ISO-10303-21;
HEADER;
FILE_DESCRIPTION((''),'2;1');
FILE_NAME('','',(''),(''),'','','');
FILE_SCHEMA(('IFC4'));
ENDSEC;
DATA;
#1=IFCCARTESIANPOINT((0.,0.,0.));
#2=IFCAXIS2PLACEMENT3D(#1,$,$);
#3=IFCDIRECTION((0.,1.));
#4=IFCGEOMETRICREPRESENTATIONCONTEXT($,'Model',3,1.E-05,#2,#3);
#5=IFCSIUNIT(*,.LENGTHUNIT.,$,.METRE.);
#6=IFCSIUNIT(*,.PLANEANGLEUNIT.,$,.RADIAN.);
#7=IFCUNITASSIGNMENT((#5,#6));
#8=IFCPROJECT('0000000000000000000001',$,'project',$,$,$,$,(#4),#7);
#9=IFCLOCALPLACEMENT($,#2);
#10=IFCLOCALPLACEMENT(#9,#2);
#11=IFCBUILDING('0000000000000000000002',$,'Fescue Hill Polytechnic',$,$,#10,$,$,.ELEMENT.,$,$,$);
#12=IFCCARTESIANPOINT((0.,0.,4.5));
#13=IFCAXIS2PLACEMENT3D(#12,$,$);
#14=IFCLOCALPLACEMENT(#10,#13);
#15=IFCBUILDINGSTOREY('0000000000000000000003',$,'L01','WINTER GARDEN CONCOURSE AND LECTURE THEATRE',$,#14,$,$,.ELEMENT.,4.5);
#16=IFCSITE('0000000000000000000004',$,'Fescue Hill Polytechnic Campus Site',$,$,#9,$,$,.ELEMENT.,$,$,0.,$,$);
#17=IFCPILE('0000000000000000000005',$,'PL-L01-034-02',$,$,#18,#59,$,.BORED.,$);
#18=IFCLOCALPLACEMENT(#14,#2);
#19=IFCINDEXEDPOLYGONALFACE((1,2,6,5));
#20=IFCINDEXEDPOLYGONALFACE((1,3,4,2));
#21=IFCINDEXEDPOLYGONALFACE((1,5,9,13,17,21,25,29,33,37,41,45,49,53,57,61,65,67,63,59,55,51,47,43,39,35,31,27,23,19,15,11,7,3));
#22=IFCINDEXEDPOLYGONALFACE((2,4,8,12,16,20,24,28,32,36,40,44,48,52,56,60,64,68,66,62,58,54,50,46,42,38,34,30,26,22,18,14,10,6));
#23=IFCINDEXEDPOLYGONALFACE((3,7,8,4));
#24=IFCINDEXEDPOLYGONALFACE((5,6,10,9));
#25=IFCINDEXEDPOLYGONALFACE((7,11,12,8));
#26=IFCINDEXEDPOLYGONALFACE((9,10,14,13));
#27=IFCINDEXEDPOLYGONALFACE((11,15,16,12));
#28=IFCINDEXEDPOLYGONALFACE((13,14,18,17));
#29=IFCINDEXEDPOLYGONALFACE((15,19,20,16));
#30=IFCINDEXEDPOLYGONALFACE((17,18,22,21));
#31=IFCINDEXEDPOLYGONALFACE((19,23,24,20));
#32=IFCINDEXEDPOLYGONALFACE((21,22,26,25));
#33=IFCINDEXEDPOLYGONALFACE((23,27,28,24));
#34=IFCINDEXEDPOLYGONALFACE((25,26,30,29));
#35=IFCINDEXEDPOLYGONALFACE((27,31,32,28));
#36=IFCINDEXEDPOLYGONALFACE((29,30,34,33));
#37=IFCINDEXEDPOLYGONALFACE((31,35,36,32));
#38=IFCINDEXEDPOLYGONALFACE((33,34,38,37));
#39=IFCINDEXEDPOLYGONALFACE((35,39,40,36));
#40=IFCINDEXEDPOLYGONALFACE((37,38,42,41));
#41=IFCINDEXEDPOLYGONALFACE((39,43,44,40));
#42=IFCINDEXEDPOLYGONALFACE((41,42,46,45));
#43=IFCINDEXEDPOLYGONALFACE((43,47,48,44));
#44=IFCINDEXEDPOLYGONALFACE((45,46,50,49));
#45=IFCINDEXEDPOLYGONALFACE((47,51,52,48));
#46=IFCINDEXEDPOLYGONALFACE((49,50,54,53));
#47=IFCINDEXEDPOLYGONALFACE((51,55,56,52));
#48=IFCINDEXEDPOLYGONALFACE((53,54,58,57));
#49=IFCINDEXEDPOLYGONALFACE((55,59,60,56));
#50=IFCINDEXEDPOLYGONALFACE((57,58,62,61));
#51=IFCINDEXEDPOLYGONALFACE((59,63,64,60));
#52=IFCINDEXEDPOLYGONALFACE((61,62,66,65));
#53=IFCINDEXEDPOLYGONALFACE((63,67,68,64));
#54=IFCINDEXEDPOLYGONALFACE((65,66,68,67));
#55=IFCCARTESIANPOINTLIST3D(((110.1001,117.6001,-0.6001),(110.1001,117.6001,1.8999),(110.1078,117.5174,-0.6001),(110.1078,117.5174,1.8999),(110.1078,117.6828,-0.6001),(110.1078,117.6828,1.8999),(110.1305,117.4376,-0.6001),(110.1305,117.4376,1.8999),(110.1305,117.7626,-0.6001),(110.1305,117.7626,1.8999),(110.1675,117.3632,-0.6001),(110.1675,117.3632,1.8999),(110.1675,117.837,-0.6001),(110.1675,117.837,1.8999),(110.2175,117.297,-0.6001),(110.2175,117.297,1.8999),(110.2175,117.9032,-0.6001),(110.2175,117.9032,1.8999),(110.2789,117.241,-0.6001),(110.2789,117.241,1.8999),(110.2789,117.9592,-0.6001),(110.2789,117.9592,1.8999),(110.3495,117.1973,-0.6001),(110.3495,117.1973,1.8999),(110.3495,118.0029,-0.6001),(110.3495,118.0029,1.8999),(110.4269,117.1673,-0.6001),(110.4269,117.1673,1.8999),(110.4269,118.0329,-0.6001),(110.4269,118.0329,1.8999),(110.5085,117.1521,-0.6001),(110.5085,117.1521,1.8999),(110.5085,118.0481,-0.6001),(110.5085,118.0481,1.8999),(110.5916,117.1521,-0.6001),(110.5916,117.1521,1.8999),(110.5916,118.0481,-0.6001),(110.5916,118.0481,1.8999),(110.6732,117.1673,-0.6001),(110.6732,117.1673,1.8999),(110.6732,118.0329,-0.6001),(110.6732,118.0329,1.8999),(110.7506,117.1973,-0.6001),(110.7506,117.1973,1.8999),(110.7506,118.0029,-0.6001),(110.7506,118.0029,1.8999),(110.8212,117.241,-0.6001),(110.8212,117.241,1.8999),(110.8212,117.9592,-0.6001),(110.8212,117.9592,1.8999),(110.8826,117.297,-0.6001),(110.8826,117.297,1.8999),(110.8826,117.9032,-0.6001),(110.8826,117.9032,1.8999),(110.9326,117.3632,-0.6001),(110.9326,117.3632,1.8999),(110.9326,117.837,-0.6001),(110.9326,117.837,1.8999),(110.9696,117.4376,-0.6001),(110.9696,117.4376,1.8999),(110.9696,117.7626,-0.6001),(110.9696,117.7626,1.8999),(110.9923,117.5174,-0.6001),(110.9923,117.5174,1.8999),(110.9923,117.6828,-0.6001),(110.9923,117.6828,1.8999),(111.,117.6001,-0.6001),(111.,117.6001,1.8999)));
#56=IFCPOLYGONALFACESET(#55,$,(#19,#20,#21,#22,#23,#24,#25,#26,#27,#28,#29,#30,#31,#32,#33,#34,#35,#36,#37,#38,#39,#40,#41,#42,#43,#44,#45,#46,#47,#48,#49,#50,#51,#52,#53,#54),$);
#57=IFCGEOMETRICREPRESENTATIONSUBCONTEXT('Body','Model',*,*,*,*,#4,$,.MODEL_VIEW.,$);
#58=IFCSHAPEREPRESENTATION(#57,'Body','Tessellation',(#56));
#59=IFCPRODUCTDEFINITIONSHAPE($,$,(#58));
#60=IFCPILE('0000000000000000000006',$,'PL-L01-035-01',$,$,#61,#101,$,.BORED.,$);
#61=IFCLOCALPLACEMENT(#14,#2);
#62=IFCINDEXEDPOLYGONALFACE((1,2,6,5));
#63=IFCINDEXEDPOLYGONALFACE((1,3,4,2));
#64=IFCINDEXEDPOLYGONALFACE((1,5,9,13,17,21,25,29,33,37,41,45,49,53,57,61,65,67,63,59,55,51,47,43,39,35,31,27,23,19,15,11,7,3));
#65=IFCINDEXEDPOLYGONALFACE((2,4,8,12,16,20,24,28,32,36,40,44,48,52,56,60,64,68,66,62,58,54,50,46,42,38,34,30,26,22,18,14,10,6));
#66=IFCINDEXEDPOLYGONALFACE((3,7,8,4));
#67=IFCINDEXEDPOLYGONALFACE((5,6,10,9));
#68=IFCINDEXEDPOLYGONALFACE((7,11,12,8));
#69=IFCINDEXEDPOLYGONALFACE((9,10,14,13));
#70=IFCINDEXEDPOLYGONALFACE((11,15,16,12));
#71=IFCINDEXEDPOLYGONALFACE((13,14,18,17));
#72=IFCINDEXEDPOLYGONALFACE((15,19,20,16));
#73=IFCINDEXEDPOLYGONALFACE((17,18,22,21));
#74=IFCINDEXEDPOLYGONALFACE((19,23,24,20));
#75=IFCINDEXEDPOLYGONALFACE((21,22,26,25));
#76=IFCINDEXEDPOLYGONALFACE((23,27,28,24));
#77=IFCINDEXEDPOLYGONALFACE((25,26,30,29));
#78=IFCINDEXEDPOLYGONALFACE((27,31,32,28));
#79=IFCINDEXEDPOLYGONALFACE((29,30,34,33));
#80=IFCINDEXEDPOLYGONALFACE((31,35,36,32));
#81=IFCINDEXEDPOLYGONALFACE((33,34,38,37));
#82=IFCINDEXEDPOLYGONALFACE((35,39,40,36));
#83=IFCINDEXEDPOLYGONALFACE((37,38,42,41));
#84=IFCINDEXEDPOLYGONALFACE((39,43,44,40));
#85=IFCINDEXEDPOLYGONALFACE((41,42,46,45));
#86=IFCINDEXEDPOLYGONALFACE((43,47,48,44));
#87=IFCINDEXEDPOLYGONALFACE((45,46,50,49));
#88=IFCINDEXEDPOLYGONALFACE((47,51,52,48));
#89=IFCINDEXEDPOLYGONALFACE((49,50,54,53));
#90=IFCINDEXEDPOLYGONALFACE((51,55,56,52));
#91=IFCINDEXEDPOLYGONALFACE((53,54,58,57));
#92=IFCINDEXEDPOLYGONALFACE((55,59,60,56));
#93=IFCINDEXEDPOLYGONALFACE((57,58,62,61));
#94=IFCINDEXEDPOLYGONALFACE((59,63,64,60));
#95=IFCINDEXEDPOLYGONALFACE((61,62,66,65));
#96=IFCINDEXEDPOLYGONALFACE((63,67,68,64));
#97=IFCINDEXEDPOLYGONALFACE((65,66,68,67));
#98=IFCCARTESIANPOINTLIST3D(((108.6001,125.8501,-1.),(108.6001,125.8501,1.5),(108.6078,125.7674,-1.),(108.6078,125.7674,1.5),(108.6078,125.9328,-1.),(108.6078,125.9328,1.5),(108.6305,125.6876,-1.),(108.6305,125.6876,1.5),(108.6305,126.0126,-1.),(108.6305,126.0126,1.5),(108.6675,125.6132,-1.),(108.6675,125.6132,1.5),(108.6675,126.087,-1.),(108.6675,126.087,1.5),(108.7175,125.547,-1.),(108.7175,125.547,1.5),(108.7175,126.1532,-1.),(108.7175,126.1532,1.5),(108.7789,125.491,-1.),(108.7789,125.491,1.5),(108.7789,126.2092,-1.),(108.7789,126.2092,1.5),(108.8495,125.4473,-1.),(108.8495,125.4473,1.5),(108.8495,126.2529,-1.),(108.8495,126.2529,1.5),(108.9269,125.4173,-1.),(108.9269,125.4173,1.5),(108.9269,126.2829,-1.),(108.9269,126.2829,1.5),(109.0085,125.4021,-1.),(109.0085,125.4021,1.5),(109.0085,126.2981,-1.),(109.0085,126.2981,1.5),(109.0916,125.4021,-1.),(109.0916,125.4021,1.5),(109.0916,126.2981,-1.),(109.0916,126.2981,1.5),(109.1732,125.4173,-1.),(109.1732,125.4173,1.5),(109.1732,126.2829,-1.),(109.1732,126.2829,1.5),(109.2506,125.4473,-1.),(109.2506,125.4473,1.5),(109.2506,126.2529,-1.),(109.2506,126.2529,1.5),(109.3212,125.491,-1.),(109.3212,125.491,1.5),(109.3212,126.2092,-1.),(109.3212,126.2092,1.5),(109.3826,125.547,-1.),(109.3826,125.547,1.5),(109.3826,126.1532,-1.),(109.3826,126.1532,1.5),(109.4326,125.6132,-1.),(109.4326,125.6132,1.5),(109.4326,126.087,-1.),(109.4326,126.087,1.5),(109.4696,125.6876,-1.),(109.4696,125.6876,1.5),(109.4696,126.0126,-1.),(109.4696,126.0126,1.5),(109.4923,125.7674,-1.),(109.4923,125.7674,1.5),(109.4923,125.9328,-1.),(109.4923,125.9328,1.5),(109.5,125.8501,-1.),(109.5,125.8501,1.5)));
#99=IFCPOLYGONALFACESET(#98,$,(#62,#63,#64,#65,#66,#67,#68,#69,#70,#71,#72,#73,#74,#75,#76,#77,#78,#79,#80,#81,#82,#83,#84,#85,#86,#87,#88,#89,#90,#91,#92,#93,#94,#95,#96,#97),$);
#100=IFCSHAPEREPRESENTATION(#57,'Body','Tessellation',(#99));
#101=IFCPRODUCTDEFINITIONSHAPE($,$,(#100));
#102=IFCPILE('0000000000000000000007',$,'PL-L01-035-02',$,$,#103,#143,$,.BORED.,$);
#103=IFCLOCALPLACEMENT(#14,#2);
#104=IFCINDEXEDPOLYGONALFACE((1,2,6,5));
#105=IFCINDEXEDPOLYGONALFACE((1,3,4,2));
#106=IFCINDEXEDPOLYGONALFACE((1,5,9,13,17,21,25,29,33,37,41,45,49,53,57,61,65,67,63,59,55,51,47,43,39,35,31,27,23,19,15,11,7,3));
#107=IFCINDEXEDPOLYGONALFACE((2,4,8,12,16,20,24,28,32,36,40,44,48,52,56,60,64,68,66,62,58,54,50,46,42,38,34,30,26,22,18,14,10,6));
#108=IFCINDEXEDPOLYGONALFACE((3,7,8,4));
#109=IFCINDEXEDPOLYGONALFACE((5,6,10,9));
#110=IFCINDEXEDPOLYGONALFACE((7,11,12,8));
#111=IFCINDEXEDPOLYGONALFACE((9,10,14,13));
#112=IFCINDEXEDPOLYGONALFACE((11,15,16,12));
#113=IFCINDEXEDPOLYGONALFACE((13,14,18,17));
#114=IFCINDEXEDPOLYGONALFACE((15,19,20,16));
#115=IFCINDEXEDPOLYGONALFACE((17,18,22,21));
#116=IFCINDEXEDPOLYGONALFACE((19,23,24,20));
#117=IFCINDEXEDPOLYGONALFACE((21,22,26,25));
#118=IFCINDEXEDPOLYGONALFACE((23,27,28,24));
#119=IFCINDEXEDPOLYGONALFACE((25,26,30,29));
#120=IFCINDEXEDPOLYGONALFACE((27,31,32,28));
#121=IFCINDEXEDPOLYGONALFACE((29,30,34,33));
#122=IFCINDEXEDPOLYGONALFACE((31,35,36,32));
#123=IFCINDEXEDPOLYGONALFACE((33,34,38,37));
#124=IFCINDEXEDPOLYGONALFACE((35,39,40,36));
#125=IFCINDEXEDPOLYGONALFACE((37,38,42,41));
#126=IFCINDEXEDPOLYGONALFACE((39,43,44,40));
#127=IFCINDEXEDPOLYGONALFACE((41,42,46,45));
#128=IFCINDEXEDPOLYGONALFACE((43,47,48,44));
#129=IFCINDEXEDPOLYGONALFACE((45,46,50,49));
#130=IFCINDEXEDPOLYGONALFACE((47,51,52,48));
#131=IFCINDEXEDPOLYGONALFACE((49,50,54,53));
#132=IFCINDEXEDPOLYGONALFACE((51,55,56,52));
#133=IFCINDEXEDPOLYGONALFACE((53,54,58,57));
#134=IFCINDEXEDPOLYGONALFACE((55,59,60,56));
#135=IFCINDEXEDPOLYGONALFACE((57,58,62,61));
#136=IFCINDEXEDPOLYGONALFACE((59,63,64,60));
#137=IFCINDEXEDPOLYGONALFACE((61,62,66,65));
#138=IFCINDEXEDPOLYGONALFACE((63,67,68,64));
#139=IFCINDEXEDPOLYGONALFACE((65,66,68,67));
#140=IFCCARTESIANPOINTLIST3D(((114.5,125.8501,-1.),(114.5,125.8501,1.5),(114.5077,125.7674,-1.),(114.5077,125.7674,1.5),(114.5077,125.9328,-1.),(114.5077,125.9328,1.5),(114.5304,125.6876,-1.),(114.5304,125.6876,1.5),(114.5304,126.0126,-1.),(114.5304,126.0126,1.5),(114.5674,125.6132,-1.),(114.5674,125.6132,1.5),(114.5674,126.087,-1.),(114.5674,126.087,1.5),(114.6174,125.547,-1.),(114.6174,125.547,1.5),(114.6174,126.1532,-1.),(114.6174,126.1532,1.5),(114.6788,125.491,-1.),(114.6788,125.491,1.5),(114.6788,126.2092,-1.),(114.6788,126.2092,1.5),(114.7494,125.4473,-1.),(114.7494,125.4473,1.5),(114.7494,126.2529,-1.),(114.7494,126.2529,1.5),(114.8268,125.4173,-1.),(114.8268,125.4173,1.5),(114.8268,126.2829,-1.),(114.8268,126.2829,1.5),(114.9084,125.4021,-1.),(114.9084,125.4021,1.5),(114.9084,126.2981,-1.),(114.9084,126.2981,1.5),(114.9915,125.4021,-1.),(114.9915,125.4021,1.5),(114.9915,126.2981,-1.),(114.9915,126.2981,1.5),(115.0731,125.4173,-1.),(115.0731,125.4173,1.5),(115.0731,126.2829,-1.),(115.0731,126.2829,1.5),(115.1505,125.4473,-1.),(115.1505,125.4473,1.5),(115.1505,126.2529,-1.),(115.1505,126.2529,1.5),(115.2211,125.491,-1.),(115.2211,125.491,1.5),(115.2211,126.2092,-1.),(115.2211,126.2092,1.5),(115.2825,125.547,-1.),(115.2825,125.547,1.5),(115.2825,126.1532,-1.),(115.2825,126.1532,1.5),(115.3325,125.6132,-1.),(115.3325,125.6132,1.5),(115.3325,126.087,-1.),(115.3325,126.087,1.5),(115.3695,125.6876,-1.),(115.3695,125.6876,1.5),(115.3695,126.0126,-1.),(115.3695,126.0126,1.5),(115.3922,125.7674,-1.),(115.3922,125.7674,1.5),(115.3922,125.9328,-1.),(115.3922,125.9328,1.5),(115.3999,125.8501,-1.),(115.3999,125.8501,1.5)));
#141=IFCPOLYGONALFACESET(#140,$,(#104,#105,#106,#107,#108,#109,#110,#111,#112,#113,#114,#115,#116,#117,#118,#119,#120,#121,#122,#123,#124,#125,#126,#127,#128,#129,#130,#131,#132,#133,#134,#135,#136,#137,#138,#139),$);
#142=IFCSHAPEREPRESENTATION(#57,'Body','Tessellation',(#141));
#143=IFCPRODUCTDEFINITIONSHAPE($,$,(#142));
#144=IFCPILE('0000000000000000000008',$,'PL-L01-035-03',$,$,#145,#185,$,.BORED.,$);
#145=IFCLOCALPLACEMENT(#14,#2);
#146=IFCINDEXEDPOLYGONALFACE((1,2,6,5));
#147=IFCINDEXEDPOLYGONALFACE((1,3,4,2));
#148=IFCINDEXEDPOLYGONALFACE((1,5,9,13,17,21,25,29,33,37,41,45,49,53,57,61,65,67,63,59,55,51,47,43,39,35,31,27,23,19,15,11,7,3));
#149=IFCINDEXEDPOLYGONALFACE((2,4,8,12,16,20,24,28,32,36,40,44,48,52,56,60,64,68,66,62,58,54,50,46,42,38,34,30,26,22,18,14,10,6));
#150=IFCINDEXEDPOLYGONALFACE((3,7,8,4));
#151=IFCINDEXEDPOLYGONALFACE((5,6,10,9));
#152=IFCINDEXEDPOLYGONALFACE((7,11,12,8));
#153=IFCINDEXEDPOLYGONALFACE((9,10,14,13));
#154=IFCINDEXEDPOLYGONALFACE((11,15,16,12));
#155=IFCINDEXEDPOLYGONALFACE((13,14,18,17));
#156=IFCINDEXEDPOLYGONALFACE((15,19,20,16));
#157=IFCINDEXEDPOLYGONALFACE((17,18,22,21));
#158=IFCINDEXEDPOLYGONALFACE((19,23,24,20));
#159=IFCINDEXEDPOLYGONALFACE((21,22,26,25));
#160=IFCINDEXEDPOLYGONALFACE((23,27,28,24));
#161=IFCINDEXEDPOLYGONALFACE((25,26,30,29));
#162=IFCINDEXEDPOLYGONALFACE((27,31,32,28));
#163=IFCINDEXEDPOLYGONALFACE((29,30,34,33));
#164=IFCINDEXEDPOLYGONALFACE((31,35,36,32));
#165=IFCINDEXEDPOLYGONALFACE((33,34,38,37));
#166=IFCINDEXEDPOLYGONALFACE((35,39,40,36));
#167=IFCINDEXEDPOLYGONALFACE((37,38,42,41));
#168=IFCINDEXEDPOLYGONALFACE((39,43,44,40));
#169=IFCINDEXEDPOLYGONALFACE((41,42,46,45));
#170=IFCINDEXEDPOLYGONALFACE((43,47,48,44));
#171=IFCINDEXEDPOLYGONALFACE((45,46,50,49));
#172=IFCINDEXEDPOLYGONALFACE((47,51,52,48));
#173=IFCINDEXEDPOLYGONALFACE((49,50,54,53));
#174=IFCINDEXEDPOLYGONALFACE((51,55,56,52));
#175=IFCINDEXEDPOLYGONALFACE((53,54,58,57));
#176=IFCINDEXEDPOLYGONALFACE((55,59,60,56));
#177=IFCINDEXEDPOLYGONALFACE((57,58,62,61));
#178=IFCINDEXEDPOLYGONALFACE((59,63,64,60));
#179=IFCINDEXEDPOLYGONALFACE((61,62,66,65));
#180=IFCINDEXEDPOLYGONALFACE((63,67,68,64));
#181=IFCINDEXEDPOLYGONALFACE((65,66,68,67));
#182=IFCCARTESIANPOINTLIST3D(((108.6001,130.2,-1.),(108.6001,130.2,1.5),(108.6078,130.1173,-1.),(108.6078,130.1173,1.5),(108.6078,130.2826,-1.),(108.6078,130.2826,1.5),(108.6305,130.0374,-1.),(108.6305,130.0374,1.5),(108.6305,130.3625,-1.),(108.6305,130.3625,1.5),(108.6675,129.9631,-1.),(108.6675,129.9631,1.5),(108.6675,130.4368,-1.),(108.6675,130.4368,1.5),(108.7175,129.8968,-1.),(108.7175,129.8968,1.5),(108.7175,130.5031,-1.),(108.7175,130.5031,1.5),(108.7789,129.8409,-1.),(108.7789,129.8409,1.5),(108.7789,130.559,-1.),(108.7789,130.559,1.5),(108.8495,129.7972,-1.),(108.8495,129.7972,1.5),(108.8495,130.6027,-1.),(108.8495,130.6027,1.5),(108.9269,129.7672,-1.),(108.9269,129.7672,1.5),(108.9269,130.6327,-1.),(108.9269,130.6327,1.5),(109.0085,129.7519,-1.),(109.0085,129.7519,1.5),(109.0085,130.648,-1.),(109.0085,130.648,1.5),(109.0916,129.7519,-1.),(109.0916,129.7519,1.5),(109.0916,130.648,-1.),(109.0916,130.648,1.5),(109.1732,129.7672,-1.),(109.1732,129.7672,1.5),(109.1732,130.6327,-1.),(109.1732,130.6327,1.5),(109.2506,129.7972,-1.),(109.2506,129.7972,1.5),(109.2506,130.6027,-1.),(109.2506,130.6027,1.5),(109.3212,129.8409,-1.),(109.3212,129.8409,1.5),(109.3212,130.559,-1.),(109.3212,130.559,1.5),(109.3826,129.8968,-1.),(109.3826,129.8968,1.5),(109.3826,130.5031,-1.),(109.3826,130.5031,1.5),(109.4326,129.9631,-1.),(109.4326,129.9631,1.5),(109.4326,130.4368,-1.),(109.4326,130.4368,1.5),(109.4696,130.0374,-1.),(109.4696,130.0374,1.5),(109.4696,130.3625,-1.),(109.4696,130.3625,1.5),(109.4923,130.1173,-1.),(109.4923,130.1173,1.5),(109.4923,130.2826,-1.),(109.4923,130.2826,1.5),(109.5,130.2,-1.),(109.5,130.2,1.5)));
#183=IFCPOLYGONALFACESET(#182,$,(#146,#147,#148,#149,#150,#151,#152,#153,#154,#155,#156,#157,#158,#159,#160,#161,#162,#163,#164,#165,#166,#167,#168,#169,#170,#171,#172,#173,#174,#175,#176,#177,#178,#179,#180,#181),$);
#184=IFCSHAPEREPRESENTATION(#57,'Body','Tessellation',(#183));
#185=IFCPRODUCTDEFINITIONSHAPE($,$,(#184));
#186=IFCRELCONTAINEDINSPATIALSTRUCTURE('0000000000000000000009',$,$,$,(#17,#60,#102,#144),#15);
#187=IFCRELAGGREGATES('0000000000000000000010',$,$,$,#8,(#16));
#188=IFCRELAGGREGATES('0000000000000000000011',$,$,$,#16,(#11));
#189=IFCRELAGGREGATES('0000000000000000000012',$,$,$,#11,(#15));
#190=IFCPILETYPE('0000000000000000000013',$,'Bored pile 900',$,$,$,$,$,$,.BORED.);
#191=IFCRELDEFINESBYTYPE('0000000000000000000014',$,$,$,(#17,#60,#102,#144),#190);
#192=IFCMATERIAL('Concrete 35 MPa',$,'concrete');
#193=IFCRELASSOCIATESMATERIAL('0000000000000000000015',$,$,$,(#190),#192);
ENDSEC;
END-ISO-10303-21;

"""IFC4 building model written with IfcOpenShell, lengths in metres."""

from ifc_helpers import new_model, si_unit, direction, frame, origin, origin_2d, place, context, subcontext, project, spatial, circle, extrude, material, material_profile, profile_set, type_object, element, save


model = new_model("IFC4")

# Units and contexts
model_context = context("Model", 3, precision=1e-05, world=origin(), true_north=direction((0.0, 1.0)))
body_context = subcontext(model_context, "Body", "Model", "MODEL_VIEW")
ifc_project = project(units=[si_unit("LENGTHUNIT", "METRE"), si_unit("PLANEANGLEUNIT", "RADIAN")], contexts=[model_context])

# Site, building, storey
site_placement = place(None, origin())
site = spatial("IfcSite", under=ifc_project, at=site_placement, Name="Fescue Hill Polytechnic Campus Site", CompositionType="ELEMENT", RefElevation=0.0)
building_placement = place(site_placement, origin())
building = spatial("IfcBuilding", under=site, at=building_placement, Name="Fescue Hill Polytechnic", CompositionType="ELEMENT")
storey_placement = place(building_placement, frame((0.0, 0.0, 4.5)))
storey = spatial("IfcBuildingStorey", under=building, at=storey_placement, Name="L01", Description="WINTER GARDEN CONCOURSE AND LECTURE THEATRE", CompositionType="ELEMENT", Elevation=4.5)

# Piles
ifc_material_1 = material(Name="Concrete 35 MPa", Category="concrete")
ifc_material_profile_1 = material_profile(ifc_material_1, circle(Radius=0.45, at=origin_2d()), Name="Bored pile 900")
ifc_profile_set_1 = profile_set([ifc_material_profile_1], Name="Concrete 35 MPa")
pile_type = type_object("IfcPileType", Name="Bored pile 900", PredefinedType="BORED", material=ifc_profile_set_1)
for number, where, z_axis, x_axis, name in (
    (1, (110.55, 117.6001, 1.8999), (0.0, 0.0, -1.0), (1.0, 0.0, 0.0), "PL-L01-034-02"),
    (2, (109.05, 125.8501, 1.5), (0.0, 0.0, -1.0), (1.0, 0.0, 0.0), "PL-L01-035-01"),
    (3, (114.95, 125.8501, 1.5), (0.0, 0.0, -1.0), (1.0, 0.0, 0.0), "PL-L01-035-02"),
    (4, (109.05, 130.2, 1.5), (0.0, 0.0, -1.0), (1.0, 0.0, 0.0), "PL-L01-035-03"),
):
    element("IfcPile", number, at=place(storey_placement, frame(where, z_axis=z_axis, x_axis=x_axis)), inside=storey, type_object=pile_type, Name=name, PredefinedType="BORED", context=body_context, shape_type="SweptSolid", body=[
        extrude(circle(Radius=0.45, at=origin_2d()), origin(), (0.0, 0.0, 1.0), 2.5),
    ])

save(model, "model.ifc")
